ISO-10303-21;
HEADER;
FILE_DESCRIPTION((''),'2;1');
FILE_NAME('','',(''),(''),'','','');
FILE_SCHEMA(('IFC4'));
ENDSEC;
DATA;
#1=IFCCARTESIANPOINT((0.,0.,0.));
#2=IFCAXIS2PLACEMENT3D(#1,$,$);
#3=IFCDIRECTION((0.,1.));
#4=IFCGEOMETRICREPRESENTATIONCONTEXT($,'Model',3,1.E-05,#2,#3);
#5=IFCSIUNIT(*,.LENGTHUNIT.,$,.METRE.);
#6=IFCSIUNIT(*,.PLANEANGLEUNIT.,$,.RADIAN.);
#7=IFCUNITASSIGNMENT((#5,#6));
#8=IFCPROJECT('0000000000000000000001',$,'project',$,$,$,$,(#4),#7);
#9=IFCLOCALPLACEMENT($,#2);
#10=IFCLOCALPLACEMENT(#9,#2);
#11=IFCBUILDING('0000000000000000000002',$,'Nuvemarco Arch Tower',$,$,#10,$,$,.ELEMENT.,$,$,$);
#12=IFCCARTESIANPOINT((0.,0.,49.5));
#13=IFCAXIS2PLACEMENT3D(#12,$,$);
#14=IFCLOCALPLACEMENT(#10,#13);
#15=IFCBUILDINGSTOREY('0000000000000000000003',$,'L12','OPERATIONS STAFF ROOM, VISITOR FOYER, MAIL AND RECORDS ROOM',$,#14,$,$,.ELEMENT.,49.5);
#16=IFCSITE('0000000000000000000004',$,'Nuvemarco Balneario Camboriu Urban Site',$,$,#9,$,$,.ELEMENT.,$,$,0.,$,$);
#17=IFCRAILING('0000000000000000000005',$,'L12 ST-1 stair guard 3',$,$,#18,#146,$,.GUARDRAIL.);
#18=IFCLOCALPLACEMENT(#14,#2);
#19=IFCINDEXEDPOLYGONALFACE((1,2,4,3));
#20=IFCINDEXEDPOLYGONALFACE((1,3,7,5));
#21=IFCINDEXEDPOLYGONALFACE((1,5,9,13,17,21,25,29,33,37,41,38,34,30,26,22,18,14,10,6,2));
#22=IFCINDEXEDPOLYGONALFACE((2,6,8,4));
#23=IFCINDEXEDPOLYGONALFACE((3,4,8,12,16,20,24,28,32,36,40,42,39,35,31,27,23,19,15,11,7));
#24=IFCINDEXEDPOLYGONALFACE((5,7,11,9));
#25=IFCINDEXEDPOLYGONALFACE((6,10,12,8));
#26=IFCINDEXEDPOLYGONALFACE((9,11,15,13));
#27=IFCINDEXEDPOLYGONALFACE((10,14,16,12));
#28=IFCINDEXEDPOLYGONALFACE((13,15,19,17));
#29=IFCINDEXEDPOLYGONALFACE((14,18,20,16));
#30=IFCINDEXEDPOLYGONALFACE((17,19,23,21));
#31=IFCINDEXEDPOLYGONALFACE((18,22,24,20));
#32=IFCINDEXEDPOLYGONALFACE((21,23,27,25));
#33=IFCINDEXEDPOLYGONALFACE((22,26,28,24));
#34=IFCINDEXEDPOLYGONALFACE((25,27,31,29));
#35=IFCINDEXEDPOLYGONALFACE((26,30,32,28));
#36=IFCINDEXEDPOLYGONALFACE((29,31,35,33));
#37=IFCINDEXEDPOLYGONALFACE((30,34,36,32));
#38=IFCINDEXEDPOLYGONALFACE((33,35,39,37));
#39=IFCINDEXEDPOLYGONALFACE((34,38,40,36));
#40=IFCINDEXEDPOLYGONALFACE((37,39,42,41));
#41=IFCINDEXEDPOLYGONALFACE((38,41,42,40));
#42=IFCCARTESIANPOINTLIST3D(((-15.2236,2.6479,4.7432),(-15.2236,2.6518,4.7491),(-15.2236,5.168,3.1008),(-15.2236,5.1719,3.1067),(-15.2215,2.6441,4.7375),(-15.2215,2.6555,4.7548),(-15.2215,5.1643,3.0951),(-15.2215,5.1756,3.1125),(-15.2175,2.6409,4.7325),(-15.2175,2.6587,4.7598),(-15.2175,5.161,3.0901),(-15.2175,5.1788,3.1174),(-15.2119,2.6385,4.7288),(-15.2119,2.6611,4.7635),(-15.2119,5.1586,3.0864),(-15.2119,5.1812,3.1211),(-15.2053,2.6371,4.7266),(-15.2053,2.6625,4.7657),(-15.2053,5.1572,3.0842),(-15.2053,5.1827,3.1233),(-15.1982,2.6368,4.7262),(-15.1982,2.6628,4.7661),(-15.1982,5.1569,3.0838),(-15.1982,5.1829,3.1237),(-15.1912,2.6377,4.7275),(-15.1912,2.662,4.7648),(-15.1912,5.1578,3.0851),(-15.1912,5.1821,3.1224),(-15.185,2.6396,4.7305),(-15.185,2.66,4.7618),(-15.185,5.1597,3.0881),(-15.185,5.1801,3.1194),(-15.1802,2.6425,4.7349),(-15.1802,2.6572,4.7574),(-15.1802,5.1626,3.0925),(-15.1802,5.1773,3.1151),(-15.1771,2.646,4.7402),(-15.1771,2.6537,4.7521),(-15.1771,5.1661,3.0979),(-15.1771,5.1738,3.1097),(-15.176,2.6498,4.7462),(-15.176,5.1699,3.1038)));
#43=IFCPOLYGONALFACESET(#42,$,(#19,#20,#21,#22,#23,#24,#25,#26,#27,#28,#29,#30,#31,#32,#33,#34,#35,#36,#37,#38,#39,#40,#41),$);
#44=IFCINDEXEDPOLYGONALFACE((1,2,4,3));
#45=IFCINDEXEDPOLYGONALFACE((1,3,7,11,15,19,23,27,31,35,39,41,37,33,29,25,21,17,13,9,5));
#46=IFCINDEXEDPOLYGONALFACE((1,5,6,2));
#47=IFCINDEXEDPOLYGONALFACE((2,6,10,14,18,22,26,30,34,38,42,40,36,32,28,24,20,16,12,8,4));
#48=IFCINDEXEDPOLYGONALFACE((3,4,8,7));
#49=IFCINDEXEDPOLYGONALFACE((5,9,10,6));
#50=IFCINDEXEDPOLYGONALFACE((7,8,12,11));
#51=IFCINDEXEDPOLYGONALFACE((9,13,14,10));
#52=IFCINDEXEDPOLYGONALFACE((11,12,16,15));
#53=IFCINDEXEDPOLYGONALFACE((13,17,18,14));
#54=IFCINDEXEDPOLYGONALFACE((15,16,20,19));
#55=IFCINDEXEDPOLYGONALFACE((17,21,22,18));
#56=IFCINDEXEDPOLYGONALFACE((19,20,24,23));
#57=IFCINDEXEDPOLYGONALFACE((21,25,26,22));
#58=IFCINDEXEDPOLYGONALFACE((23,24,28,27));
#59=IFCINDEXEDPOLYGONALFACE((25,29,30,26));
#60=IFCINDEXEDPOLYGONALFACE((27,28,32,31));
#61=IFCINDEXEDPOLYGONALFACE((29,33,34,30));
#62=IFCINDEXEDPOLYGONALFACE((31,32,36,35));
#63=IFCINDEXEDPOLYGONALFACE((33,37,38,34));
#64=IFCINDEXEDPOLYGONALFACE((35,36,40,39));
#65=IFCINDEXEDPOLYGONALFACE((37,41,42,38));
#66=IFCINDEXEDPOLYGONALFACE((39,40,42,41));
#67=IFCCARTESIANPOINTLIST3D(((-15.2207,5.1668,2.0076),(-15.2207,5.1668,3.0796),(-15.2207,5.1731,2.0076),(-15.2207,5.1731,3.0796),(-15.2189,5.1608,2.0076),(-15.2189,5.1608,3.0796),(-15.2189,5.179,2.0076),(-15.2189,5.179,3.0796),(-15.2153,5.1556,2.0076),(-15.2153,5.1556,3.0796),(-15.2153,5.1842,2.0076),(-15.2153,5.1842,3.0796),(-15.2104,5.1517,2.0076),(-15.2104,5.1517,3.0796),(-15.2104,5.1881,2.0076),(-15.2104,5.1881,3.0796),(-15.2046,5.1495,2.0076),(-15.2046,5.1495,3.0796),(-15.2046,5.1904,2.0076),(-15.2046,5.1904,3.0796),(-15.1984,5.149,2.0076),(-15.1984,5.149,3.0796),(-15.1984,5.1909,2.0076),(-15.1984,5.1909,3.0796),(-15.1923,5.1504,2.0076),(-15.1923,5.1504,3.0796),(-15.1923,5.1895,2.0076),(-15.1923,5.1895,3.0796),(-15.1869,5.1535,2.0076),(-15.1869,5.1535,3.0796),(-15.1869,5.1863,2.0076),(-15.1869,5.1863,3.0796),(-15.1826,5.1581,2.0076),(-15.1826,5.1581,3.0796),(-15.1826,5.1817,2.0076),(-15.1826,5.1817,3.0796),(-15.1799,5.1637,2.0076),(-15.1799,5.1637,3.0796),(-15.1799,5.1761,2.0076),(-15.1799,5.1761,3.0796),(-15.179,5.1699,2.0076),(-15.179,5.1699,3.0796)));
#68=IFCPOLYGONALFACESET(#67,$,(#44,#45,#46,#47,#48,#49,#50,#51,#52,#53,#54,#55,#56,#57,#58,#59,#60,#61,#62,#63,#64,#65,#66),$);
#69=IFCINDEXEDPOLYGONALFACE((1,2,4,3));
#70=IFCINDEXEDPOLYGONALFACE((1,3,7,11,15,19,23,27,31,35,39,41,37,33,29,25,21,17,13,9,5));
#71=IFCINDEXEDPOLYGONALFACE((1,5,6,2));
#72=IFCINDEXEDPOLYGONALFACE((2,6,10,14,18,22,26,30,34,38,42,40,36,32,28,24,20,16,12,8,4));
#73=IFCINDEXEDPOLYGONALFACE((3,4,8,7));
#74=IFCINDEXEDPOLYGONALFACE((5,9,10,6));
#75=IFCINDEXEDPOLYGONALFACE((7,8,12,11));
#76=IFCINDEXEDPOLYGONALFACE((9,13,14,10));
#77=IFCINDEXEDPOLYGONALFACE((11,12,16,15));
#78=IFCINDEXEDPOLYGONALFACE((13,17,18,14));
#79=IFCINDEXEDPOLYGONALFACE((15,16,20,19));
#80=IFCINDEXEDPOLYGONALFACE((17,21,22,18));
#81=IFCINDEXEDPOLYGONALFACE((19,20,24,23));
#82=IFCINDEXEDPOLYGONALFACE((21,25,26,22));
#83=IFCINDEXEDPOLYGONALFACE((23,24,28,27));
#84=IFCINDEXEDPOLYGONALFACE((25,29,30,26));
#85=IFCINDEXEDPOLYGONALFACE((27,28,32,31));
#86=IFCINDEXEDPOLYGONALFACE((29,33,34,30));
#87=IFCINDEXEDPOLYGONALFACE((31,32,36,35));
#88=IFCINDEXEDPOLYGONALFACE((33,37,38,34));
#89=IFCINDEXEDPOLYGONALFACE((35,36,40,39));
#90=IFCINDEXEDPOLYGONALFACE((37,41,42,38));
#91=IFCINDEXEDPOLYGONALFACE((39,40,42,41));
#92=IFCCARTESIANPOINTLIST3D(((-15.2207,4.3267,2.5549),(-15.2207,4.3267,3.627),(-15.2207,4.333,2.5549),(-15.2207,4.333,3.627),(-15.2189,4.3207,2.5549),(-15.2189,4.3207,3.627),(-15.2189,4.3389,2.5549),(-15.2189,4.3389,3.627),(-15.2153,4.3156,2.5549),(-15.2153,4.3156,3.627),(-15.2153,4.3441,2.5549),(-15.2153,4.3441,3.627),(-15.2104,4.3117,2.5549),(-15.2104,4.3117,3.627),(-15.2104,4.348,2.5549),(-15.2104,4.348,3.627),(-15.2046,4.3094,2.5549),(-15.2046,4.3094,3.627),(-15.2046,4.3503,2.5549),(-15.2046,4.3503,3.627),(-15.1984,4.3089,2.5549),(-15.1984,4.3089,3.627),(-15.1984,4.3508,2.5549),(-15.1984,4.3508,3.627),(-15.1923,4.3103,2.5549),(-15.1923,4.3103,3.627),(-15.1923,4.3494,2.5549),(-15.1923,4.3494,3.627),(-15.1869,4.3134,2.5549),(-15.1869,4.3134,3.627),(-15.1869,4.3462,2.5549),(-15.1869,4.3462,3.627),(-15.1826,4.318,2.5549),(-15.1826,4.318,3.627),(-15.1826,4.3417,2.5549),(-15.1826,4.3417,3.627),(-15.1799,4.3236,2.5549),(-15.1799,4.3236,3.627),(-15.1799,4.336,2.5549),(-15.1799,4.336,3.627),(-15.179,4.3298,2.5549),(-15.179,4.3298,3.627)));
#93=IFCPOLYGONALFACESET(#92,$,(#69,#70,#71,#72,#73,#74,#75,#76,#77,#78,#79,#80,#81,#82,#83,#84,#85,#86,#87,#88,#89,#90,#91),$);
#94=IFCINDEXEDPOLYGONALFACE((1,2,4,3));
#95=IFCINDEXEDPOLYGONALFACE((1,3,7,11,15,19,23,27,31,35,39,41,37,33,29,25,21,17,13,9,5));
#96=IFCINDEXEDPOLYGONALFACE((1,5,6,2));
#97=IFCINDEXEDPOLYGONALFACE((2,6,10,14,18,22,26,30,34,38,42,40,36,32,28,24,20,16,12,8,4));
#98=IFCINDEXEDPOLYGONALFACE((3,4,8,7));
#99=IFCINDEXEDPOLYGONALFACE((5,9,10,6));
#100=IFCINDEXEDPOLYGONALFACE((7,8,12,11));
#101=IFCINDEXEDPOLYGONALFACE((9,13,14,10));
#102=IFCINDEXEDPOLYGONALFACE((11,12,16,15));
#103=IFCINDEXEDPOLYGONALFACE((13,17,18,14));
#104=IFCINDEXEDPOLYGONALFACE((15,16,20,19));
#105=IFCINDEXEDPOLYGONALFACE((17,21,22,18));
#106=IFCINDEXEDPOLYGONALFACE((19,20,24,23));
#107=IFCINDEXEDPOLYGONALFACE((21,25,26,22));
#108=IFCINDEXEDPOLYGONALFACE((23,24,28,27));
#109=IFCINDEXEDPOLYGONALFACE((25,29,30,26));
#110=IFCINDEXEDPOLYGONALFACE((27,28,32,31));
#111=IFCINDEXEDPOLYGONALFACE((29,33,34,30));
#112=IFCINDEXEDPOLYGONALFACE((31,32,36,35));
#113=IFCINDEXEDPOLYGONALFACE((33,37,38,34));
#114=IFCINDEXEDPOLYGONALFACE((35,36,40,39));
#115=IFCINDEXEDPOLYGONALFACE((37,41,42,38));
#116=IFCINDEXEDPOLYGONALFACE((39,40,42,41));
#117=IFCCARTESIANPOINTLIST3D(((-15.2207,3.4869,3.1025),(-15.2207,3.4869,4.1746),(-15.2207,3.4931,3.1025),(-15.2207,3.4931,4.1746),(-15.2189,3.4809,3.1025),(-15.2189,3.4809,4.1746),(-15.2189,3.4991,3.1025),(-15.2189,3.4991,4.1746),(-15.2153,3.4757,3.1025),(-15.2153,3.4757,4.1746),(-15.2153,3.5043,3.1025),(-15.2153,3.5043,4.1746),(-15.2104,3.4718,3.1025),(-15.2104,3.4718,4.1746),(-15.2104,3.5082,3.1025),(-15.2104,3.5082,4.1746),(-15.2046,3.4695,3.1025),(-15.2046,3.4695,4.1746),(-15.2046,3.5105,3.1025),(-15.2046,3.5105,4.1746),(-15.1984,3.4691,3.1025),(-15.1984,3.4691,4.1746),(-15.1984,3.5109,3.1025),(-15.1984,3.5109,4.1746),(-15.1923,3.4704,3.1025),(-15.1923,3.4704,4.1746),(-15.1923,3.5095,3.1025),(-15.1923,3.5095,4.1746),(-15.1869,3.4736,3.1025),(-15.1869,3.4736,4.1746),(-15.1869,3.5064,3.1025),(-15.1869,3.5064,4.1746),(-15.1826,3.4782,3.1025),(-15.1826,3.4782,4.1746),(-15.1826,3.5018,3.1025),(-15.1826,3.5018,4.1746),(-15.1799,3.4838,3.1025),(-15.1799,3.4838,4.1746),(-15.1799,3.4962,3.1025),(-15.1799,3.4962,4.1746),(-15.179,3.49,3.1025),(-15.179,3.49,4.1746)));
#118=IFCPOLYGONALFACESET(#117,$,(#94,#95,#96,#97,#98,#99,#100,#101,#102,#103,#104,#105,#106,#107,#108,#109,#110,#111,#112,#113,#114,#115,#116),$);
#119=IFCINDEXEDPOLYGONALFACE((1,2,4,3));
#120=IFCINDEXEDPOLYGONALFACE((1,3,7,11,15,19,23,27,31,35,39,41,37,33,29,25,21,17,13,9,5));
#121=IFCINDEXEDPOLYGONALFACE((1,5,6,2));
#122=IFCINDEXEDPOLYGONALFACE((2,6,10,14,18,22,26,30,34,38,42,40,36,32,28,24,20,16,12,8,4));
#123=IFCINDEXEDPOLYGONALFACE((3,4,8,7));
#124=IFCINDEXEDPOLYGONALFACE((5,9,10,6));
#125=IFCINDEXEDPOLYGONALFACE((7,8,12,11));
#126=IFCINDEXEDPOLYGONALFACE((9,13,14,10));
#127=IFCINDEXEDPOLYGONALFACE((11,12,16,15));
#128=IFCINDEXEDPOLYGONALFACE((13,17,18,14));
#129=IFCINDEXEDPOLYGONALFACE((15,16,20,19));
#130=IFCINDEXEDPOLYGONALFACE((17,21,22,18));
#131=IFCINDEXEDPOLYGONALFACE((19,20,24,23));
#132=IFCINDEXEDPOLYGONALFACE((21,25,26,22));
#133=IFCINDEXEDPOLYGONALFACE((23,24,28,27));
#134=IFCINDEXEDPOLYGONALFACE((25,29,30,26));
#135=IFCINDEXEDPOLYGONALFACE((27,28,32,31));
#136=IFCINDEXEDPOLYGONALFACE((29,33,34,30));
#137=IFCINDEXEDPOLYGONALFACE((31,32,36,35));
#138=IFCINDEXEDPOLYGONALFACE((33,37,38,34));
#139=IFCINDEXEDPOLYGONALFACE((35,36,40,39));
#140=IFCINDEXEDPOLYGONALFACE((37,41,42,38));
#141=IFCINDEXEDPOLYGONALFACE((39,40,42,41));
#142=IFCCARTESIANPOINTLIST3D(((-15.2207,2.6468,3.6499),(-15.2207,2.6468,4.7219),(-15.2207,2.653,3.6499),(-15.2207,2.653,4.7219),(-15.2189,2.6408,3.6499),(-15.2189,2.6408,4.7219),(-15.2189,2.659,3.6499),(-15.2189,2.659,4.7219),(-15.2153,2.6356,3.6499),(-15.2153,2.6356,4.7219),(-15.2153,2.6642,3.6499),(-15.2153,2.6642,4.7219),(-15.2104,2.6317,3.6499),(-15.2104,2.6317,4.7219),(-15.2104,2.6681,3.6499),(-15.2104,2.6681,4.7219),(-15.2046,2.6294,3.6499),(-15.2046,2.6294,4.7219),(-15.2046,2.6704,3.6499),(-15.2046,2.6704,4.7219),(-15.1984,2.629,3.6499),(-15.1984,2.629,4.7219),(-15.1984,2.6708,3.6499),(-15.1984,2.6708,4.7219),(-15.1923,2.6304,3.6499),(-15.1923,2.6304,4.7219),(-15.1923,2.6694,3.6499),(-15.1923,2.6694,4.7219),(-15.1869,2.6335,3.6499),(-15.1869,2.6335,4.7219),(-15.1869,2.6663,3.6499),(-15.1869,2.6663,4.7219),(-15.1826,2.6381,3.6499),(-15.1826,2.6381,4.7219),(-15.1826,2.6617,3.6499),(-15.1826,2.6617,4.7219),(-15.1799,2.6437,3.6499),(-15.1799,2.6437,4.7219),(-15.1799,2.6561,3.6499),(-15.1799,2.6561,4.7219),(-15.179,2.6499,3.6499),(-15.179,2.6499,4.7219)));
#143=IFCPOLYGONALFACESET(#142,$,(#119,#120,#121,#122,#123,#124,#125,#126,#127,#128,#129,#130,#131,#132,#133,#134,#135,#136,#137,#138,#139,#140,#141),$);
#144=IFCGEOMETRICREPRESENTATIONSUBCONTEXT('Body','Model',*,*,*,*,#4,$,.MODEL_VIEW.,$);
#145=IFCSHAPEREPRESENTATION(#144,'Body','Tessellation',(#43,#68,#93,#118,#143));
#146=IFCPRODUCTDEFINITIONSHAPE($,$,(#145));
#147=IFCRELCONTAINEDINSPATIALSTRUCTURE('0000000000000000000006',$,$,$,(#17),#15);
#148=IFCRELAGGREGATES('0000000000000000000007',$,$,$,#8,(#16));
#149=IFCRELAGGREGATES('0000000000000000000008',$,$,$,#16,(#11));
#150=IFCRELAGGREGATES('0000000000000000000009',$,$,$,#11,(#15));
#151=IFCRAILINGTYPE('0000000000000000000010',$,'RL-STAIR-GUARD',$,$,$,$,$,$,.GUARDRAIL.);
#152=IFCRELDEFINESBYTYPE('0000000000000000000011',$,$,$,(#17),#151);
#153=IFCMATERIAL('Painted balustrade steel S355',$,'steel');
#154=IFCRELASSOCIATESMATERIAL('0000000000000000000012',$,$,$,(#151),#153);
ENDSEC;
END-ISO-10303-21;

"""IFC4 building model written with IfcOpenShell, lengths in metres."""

from ifc_helpers import new_model, si_unit, direction, frame, origin, origin_2d, place, context, subcontext, project, spatial, circle, extrude, material, type_object, element, save


model = new_model("IFC4")

# Units and contexts
model_context = context("Model", 3, precision=1e-05, world=origin(), true_north=direction((0.0, 1.0)))
body_context = subcontext(model_context, "Body", "Model", "MODEL_VIEW")
ifc_project = project(units=[si_unit("LENGTHUNIT", "METRE"), si_unit("PLANEANGLEUNIT", "RADIAN")], contexts=[model_context])

# Site, building, storey
site_placement = place(None, origin())
site = spatial("IfcSite", under=ifc_project, at=site_placement, Name="Nuvemarco Balneario Camboriu Urban Site", CompositionType="ELEMENT", RefElevation=0.0)
building_placement = place(site_placement, origin())
building = spatial("IfcBuilding", under=site, at=building_placement, Name="Nuvemarco Arch Tower", CompositionType="ELEMENT")
storey_placement = place(building_placement, frame((0.0, 0.0, 49.5)))
storey = spatial("IfcBuildingStorey", under=building, at=storey_placement, Name="L12", Description="OPERATIONS STAFF ROOM, VISITOR FOYER, MAIL AND RECORDS ROOM", CompositionType="ELEMENT", Elevation=49.5)

# Railing
ifc_material_1 = material(Name="Painted balustrade steel S355", Category="steel")
railing_type_1 = type_object("IfcRailingType", Name="RL-STAIR-GUARD", PredefinedType="GUARDRAIL", material=ifc_material_1)
railing_1_placement = place(storey_placement, frame((-15.2, 5.1699, 2.0076)))
element("IfcRailing", 1, at=railing_1_placement, inside=storey, type_object=railing_type_1, Name="L12 ST-1 stair guard 3", PredefinedType="GUARDRAIL", context=body_context, shape_type="SweptSolid", body=[
    extrude(circle(Radius=0.0239, at=origin_2d()), frame((0.0, 0.0, 1.0962), z_axis=(0.0, -0.837787, 0.545998), x_axis=(1.0, 0.0, 0.0)), (0.0, 0.0, 1.0), 3.0081),
    extrude(circle(Radius=0.021, at=origin_2d()), origin(), (0.0, 0.0, 1.0), 1.072),
    extrude(circle(Radius=0.021, at=origin_2d()), frame((0.0, -0.8401, 0.5474)), (0.0, 0.0, 1.0), 1.072),
    extrude(circle(Radius=0.021, at=origin_2d()), frame((0.0, -1.6799, 1.095)), (0.0, 0.0, 1.0), 1.072),
    extrude(circle(Radius=0.021, at=origin_2d()), frame((0.0, -2.52, 1.6423)), (0.0, 0.0, 1.0), 1.072),
])

save(model, "model.ifc")
